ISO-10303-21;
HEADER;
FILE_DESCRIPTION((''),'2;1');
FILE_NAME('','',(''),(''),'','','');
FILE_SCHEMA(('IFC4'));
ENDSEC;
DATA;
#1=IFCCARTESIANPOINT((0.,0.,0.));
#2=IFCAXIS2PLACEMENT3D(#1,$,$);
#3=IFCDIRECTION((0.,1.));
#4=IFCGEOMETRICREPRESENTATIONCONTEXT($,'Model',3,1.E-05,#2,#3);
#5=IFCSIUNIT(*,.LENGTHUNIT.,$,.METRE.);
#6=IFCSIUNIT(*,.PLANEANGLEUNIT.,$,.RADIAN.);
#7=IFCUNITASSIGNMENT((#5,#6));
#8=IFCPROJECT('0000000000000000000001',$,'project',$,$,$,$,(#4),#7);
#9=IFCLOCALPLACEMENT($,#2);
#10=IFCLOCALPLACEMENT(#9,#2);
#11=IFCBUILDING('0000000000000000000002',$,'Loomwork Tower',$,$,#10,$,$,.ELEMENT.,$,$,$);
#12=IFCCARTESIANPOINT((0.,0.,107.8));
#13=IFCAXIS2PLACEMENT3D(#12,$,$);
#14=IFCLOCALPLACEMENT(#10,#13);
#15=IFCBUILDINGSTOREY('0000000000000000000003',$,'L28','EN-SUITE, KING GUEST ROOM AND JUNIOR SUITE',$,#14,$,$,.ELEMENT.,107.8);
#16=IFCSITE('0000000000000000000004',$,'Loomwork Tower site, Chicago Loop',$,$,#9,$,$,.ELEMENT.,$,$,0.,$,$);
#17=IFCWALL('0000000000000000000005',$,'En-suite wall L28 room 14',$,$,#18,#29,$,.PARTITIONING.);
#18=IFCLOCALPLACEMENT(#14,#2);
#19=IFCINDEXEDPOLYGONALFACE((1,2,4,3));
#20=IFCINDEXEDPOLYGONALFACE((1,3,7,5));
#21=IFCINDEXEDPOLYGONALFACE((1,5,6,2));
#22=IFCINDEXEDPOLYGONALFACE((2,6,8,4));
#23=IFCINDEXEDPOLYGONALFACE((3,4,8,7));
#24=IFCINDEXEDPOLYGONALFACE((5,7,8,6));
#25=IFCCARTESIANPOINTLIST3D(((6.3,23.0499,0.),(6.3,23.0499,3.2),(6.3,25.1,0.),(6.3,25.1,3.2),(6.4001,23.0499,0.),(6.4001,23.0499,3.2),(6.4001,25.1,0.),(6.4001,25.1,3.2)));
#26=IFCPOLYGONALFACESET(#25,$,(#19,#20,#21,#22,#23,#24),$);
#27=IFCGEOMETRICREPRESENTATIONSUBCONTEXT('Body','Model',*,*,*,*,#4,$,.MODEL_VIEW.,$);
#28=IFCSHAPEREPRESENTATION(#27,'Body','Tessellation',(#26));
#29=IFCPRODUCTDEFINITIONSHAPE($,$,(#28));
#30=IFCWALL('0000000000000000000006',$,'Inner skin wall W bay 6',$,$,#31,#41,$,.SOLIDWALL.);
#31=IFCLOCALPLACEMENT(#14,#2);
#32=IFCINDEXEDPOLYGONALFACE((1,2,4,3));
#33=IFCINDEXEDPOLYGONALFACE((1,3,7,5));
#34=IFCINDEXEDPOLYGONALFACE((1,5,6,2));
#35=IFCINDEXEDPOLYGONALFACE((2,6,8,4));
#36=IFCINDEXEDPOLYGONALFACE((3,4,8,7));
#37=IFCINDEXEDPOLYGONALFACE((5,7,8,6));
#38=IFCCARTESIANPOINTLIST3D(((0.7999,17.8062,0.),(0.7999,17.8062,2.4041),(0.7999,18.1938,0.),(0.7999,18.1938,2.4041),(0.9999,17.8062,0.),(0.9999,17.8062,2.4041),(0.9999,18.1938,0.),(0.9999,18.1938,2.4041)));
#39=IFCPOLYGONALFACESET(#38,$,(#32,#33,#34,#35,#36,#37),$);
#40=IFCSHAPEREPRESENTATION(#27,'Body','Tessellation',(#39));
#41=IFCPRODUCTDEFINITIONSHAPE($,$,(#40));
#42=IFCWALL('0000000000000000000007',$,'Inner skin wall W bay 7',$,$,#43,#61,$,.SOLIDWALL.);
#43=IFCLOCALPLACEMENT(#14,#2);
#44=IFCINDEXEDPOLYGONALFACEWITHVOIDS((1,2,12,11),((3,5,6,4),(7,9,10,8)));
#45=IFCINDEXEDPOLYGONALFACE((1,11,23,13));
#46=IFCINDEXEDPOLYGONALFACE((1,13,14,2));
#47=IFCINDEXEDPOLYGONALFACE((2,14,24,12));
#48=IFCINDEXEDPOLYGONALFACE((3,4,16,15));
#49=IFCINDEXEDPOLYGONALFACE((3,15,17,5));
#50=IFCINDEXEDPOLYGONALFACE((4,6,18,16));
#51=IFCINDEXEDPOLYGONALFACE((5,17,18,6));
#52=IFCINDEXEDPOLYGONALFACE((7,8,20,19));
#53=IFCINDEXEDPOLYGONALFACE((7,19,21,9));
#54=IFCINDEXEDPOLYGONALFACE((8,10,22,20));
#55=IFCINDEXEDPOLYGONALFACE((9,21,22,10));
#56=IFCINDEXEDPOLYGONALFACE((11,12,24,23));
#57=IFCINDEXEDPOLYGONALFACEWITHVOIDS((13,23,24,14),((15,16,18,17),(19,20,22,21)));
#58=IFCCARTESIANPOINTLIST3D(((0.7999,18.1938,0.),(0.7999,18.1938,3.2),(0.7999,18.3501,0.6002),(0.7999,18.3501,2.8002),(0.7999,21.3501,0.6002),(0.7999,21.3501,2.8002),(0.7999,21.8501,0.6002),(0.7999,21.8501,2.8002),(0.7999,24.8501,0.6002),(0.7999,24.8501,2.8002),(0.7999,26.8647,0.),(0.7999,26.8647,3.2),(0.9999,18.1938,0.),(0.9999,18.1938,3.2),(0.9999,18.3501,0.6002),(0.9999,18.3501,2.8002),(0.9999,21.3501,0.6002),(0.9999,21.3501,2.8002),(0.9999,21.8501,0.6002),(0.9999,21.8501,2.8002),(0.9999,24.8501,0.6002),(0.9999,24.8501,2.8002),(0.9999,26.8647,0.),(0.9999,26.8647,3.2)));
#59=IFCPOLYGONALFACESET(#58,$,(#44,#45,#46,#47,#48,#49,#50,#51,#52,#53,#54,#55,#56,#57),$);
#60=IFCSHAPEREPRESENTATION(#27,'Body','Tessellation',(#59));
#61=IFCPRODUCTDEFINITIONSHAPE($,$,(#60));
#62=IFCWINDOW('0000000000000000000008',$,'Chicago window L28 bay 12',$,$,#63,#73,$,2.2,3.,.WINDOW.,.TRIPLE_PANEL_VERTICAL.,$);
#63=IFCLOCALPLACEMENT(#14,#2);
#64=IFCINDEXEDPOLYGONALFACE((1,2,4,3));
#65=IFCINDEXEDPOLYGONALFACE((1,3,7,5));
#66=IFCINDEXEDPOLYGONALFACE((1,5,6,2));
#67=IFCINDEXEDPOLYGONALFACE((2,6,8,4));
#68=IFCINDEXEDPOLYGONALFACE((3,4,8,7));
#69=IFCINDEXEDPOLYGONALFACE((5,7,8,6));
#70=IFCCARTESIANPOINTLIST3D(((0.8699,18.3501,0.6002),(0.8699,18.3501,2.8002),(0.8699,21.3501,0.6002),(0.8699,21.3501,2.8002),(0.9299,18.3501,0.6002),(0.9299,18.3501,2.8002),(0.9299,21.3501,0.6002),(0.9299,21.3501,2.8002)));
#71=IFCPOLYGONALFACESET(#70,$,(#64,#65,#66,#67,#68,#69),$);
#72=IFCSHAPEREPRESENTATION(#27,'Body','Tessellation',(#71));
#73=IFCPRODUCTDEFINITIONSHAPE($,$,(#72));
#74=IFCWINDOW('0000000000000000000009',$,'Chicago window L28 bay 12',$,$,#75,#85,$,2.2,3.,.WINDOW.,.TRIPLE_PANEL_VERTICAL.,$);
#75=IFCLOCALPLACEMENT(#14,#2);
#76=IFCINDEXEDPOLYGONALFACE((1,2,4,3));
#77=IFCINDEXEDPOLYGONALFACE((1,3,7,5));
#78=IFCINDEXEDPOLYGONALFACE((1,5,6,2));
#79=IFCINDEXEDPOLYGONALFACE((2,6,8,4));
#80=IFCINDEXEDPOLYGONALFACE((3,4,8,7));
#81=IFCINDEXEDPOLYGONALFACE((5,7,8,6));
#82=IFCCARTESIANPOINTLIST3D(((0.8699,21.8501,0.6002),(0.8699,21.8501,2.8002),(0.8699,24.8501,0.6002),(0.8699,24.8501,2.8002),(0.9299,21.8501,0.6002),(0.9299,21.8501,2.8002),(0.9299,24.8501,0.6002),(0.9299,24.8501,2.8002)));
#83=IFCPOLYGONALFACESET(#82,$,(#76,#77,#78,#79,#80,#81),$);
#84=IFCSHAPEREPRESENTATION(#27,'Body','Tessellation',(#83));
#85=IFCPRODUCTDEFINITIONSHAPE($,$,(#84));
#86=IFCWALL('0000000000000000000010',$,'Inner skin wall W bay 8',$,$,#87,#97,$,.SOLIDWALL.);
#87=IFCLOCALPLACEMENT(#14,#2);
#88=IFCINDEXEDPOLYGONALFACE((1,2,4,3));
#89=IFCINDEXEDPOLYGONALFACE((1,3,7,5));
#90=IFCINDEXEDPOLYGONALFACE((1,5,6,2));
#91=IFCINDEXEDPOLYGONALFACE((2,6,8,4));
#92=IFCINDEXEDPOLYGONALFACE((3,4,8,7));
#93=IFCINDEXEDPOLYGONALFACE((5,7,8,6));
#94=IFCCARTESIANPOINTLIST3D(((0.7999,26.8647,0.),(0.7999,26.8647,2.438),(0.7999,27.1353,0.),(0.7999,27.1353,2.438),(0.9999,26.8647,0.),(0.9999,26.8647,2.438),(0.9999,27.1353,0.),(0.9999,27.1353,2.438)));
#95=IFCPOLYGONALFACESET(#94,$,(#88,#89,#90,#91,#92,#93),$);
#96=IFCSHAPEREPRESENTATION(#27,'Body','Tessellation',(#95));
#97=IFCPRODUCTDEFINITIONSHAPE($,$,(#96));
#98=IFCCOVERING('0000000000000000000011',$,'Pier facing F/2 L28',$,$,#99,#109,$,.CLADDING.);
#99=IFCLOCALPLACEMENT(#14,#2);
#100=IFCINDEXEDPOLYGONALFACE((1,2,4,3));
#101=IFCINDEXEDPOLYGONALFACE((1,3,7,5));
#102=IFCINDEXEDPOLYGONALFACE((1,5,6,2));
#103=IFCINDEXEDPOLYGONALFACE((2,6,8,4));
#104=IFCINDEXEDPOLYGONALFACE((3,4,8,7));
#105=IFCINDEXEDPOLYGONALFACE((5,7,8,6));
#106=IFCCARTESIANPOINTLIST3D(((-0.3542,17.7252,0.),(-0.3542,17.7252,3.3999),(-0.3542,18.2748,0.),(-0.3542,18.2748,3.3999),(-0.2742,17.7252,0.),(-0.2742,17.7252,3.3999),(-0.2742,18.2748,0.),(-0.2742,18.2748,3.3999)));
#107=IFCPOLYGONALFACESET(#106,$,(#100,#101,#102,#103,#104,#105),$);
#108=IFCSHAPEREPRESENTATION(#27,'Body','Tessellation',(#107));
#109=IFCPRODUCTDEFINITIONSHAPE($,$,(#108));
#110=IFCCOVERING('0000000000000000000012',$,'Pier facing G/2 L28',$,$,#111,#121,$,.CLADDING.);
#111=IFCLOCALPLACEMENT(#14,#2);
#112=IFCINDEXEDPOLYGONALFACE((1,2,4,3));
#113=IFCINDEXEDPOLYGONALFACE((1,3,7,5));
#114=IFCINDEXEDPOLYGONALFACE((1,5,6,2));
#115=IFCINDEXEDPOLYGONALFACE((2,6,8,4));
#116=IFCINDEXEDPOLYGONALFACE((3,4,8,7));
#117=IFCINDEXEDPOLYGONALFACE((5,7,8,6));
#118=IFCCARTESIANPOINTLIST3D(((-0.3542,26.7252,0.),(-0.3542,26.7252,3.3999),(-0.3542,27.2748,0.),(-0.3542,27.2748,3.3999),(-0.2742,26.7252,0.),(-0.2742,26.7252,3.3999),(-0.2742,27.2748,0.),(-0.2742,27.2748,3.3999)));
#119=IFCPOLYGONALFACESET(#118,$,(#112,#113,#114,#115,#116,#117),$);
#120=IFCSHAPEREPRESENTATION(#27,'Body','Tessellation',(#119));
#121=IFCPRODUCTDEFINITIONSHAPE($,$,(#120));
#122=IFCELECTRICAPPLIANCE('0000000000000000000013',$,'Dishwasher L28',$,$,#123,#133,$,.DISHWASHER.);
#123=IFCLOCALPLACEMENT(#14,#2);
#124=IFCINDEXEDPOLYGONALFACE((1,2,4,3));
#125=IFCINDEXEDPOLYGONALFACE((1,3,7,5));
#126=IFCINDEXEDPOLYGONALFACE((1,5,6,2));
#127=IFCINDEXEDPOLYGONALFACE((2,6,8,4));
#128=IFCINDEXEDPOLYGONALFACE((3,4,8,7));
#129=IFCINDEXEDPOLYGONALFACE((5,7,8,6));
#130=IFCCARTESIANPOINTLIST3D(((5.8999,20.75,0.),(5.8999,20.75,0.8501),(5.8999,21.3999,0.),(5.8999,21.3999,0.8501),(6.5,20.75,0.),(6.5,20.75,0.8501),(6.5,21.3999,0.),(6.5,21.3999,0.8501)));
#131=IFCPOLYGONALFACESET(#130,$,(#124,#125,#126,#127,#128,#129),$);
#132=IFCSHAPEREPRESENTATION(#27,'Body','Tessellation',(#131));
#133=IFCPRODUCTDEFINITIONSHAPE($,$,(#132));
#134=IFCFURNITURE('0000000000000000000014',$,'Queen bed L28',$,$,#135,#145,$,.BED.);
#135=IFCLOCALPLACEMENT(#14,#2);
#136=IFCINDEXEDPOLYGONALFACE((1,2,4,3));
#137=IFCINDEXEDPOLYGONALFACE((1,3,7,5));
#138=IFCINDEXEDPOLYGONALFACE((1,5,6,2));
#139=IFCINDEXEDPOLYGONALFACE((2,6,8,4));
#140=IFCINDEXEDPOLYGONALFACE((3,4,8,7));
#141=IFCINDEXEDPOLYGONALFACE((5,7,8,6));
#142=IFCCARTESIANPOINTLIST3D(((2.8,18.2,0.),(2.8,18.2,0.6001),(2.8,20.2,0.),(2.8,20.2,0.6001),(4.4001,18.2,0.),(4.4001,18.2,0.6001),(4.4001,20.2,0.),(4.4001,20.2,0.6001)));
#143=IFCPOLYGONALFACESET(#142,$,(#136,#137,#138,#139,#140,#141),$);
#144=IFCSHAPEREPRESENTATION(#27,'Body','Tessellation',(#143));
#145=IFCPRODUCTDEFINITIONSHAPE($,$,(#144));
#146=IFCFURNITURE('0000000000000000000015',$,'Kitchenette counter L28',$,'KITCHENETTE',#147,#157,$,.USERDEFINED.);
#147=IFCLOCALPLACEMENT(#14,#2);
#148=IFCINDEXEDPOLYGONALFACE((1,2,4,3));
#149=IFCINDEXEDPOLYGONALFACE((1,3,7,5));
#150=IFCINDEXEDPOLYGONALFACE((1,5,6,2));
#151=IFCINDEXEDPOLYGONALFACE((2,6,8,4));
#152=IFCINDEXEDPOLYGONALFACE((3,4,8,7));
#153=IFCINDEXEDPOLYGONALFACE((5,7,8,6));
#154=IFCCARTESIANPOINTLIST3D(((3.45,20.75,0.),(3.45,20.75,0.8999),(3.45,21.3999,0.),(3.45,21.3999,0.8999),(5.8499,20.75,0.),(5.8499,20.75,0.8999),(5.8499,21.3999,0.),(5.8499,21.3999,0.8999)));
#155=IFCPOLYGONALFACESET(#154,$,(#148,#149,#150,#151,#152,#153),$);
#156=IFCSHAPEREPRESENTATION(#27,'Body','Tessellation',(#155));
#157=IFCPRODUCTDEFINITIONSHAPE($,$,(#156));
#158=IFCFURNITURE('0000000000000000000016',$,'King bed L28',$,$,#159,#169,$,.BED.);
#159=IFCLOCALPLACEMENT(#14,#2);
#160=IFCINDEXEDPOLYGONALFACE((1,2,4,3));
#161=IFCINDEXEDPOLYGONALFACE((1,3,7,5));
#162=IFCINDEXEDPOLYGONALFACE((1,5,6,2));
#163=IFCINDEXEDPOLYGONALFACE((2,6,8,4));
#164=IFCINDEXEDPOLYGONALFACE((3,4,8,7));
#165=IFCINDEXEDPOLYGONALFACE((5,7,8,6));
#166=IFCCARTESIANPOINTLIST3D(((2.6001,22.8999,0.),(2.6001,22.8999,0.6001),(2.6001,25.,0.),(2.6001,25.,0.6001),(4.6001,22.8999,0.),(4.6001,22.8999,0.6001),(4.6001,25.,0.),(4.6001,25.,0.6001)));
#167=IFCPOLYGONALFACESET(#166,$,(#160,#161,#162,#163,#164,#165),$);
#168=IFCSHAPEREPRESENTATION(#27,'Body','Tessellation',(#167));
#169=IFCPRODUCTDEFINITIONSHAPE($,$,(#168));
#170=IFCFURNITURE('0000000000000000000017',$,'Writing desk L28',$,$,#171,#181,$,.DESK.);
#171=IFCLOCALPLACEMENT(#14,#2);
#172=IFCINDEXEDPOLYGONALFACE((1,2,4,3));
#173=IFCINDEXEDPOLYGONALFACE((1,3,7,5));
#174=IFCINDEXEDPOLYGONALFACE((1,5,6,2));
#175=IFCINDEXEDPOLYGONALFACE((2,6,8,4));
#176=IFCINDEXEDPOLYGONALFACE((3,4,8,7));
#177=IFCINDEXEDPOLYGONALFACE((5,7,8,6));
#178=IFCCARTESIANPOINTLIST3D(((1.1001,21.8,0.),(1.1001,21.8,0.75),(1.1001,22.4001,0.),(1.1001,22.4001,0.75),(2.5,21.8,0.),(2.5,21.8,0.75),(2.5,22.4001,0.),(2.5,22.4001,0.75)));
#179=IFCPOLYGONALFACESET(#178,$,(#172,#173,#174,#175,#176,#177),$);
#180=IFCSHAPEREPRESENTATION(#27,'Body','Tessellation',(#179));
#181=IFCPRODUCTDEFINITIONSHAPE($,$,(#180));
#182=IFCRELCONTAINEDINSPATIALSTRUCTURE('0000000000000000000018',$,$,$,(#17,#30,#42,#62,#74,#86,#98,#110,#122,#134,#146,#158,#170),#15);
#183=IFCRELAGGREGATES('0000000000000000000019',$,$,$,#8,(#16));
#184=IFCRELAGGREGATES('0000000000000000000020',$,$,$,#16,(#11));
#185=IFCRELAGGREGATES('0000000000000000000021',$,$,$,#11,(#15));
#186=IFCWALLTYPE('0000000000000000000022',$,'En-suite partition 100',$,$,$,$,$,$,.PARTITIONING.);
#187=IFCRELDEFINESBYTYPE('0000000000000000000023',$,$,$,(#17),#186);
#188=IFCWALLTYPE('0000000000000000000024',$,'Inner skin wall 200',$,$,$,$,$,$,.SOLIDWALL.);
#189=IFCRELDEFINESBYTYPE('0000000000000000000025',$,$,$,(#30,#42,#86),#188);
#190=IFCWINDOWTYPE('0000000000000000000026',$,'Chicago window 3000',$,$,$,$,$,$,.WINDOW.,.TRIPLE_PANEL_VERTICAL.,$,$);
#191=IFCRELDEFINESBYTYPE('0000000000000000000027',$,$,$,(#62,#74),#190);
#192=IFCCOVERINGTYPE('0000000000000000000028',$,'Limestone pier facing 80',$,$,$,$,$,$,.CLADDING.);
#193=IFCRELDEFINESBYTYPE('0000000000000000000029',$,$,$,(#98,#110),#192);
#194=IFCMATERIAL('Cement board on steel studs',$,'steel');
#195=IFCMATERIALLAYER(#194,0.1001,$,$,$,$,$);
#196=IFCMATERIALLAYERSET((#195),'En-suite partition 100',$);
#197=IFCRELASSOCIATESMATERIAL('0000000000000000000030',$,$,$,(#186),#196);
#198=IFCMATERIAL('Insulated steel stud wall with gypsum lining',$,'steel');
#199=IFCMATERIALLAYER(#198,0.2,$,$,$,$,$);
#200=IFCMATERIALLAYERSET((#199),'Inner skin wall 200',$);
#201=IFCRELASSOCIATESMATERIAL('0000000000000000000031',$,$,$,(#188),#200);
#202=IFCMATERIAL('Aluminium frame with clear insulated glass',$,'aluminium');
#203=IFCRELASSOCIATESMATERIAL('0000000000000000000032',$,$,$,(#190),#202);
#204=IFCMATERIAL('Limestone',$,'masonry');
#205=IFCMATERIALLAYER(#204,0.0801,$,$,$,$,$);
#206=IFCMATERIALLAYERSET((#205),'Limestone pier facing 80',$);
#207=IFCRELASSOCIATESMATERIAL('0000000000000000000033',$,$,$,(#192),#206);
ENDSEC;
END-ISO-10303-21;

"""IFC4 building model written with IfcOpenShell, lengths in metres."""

from ifc_helpers import new_model, si_unit, direction, frame, frame_2d, origin, origin_2d, place, context, subcontext, project, spatial, rectangle, extrude, material, layer, layer_set, type_object, element, fill, save


model = new_model("IFC4")

# Units and contexts
model_context = context("Model", 3, precision=1e-05, world=origin(), true_north=direction((0.0, 1.0)))
body_context = subcontext(model_context, "Body", "Model", "MODEL_VIEW")
ifc_project = project(units=[si_unit("LENGTHUNIT", "METRE"), si_unit("PLANEANGLEUNIT", "RADIAN")], contexts=[model_context])

# Site, building, storey
site_placement = place(None, origin())
site = spatial("IfcSite", under=ifc_project, at=site_placement, Name="Loomwork Tower site, Chicago Loop", CompositionType="ELEMENT", RefElevation=0.0)
building_placement = place(site_placement, origin())
building = spatial("IfcBuilding", under=site, at=building_placement, Name="Loomwork Tower", CompositionType="ELEMENT")
storey_placement = place(building_placement, frame((0.0, 0.0, 107.8)))
storey = spatial("IfcBuildingStorey", under=building, at=storey_placement, Name="L28", Description="EN-SUITE, KING GUEST ROOM AND JUNIOR SUITE", CompositionType="ELEMENT", Elevation=107.8)

# Shared definitions
ifc_material_1 = material(Name="Cement board on steel studs", Category="steel")
ifc_layer_1 = layer(ifc_material_1, 0.1001)
ifc_layer_set_1 = layer_set([ifc_layer_1], Name="En-suite partition 100")
wall_type_1 = type_object("IfcWallType", Name="En-suite partition 100", PredefinedType="PARTITIONING", material=ifc_layer_set_1)

# Walls
wall_1_placement = place(storey_placement, frame((6.3501, 23.05, 0.0), z_axis=(0.0, 0.0, 1.0), x_axis=(0.0, 1.0, 0.0)))
element("IfcWall", 1, at=wall_1_placement, inside=storey, type_object=wall_type_1, Name="En-suite wall L28 room 14", PredefinedType="PARTITIONING", context=body_context, shape_type="SweptSolid", body=[
    extrude(rectangle(XDim=2.05, YDim=0.1001, at=frame_2d((1.0249, 0.0))), origin(), (0.0, 0.0, 1.0), 3.2),
])
ifc_material_2 = material(Name="Insulated steel stud wall with gypsum lining", Category="steel")
ifc_layer_2 = layer(ifc_material_2, 0.2)
ifc_layer_set_2 = layer_set([ifc_layer_2], Name="Inner skin wall 200")
wall_type_2 = type_object("IfcWallType", Name="Inner skin wall 200", PredefinedType="SOLIDWALL", material=ifc_layer_set_2)
wall_2_placement = place(storey_placement, frame((0.8999, 17.8062, 0.0), z_axis=(0.0, 0.0, 1.0), x_axis=(0.0, 1.0, 0.0)))
element("IfcWall", 2, at=wall_2_placement, inside=storey, type_object=wall_type_2, Name="Inner skin wall W bay 6", PredefinedType="SOLIDWALL", context=body_context, shape_type="SweptSolid", body=[
    extrude(rectangle(XDim=0.3877, YDim=0.2, at=frame_2d((0.1938, 0.0))), origin(), (0.0, 0.0, 1.0), 2.4041),
])

# Wall, openings, windows
wall_3_placement = place(storey_placement, frame((0.8999, 18.1938, 0.0), z_axis=(0.0, 0.0, 1.0), x_axis=(0.0, 1.0, 0.0)))
wall_3 = element("IfcWall", 3, at=wall_3_placement, inside=storey, type_object=wall_type_2, Name="Inner skin wall W bay 7", PredefinedType="SOLIDWALL", context=body_context, shape_type="SweptSolid", body=[
    extrude(rectangle(XDim=8.6709, YDim=0.2, at=frame_2d((4.3354, 0.0))), origin(), (0.0, 0.0, 1.0), 3.2),
])
opening_1_placement = place(wall_3_placement, frame((0.1562, 0.0, 0.6001)))
opening_1 = element("IfcOpeningElement", 4, at=opening_1_placement, cuts=wall_3, PredefinedType="OPENING", context=body_context, shape_type="SweptSolid", body=[
    extrude(rectangle(XDim=3.0, YDim=2.2, at=frame_2d((1.5, 1.1001))), frame((0.0, 0.1099, 0.0), z_axis=(0.0, -1.0, 0.0), x_axis=(1.0, 0.0, 0.0)), (0.0, 0.0, 1.0), 0.22),
])
opening_2_placement = place(wall_3_placement, frame((3.6562, 0.0, 0.6001)))
opening_2 = element("IfcOpeningElement", 5, at=opening_2_placement, cuts=wall_3, PredefinedType="OPENING", context=body_context, shape_type="SweptSolid", body=[
    extrude(rectangle(XDim=3.0, YDim=2.2, at=frame_2d((1.5, 1.1001))), frame((0.0, 0.1099, 0.0), z_axis=(0.0, -1.0, 0.0), x_axis=(1.0, 0.0, 0.0)), (0.0, 0.0, 1.0), 0.22),
])
ifc_material_3 = material(Name="Aluminium frame with clear insulated glass", Category="aluminium")
window_type = type_object("IfcWindowType", Name="Chicago window 3000", PartitioningType="TRIPLE_PANEL_VERTICAL", PredefinedType="WINDOW", material=ifc_material_3)
window_1_placement = place(opening_1_placement, origin())
window_1 = element("IfcWindow", 6, at=window_1_placement, inside=storey, type_object=window_type, Name="Chicago window L28 bay 12", OverallHeight=2.2, OverallWidth=3.0, PartitioningType="TRIPLE_PANEL_VERTICAL", PredefinedType="WINDOW", context=body_context, shape_type="SweptSolid", body=[
    extrude(rectangle(XDim=3.0, YDim=2.2, at=frame_2d((1.5, 1.1001))), frame((0.0, 0.03, 0.0), z_axis=(0.0, -1.0, 0.0), x_axis=(1.0, 0.0, 0.0)), (0.0, 0.0, 1.0), 0.0601),
])
fill(opening_1, window_1)
window_2_placement = place(opening_2_placement, origin())
window_2 = element("IfcWindow", 7, at=window_2_placement, inside=storey, type_object=window_type, Name="Chicago window L28 bay 12", OverallHeight=2.2, OverallWidth=3.0, PartitioningType="TRIPLE_PANEL_VERTICAL", PredefinedType="WINDOW", context=body_context, shape_type="SweptSolid", body=[
    extrude(rectangle(XDim=3.0, YDim=2.2, at=frame_2d((1.5, 1.1001))), frame((0.0, 0.03, 0.0), z_axis=(0.0, -1.0, 0.0), x_axis=(1.0, 0.0, 0.0)), (0.0, 0.0, 1.0), 0.0601),
])
fill(opening_2, window_2)

# Wall
wall_4_placement = place(storey_placement, frame((0.8999, 26.8647, 0.0), z_axis=(0.0, 0.0, 1.0), x_axis=(0.0, 1.0, 0.0)))
element("IfcWall", 8, at=wall_4_placement, inside=storey, type_object=wall_type_2, Name="Inner skin wall W bay 8", PredefinedType="SOLIDWALL", context=body_context, shape_type="SweptSolid", body=[
    extrude(rectangle(XDim=0.2705, YDim=0.2, at=frame_2d((0.1353, 0.0))), origin(), (0.0, 0.0, 1.0), 2.438),
])

# Coverings
ifc_material_4 = material(Name="Limestone", Category="masonry")
ifc_layer_3 = layer(ifc_material_4, 0.0801)
ifc_layer_set_3 = layer_set([ifc_layer_3], Name="Limestone pier facing 80")
covering_type = type_object("IfcCoveringType", Name="Limestone pier facing 80", PredefinedType="CLADDING", material=ifc_layer_set_3)
for number, where, z_axis, x_axis, name in (
    (9, (-0.3142, 18.0, 0.0), (0.0, 0.0, 1.0), (1.0, 0.0, 0.0), "Pier facing F/2 L28"),
    (10, (-0.3142, 27.0, 0.0), (0.0, 0.0, 1.0), (1.0, 0.0, 0.0), "Pier facing G/2 L28"),
):
    element("IfcCovering", number, at=place(storey_placement, frame(where, z_axis=z_axis, x_axis=x_axis)), inside=storey, type_object=covering_type, Name=name, PredefinedType="CLADDING", context=body_context, shape_type="SweptSolid", body=[
        extrude(rectangle(XDim=0.0801, YDim=0.5496, at=origin_2d()), origin(), (0.0, 0.0, 1.0), 3.3999),
    ])

# Electric appliance
electric_appliance_placement = place(storey_placement, frame((6.2, 21.075, 0.0), z_axis=(0.0, 0.0, 1.0), x_axis=(1.0, 0.0, 0.0)))
element("IfcElectricAppliance", 11, at=electric_appliance_placement, inside=storey, Name="Dishwasher L28", PredefinedType="DISHWASHER", context=body_context, shape_type="SweptSolid", body=[
    extrude(rectangle(XDim=0.6001, YDim=0.6499, at=origin_2d()), origin(), (0.0, 0.0, 1.0), 0.8501),
])

# Furniture
furniture_1_placement = place(storey_placement, frame((3.6001, 19.2, 0.0), z_axis=(0.0, 0.0, 1.0), x_axis=(1.0, 0.0, 0.0)))
element("IfcFurniture", 12, at=furniture_1_placement, inside=storey, Name="Queen bed L28", PredefinedType="BED", context=body_context, shape_type="SweptSolid", body=[
    extrude(rectangle(XDim=1.6001, YDim=2.0, at=origin_2d()), origin(), (0.0, 0.0, 1.0), 0.6001),
])
furniture_2_placement = place(storey_placement, frame((4.6499, 21.075, 0.0), z_axis=(0.0, 0.0, 1.0), x_axis=(1.0, 0.0, 0.0)))
element("IfcFurniture", 13, at=furniture_2_placement, inside=storey, Name="Kitchenette counter L28", ObjectType="KITCHENETTE", PredefinedType="USERDEFINED", context=body_context, shape_type="SweptSolid", body=[
    extrude(rectangle(XDim=2.3999, YDim=0.6499, at=origin_2d()), origin(), (0.0, 0.0, 1.0), 0.8999),
])
furniture_3_placement = place(storey_placement, frame((3.6001, 23.95, 0.0), z_axis=(0.0, 0.0, 1.0), x_axis=(1.0, 0.0, 0.0)))
element("IfcFurniture", 14, at=furniture_3_placement, inside=storey, Name="King bed L28", PredefinedType="BED", context=body_context, shape_type="SweptSolid", body=[
    extrude(rectangle(XDim=2.0, YDim=2.1001, at=origin_2d()), origin(), (0.0, 0.0, 1.0), 0.6001),
])
furniture_4_placement = place(storey_placement, frame((1.8, 22.1001, 0.0), z_axis=(0.0, 0.0, 1.0), x_axis=(1.0, 0.0, 0.0)))
element("IfcFurniture", 15, at=furniture_4_placement, inside=storey, Name="Writing desk L28", PredefinedType="DESK", context=body_context, shape_type="SweptSolid", body=[
    extrude(rectangle(XDim=1.3999, YDim=0.6001, at=origin_2d()), origin(), (0.0, 0.0, 1.0), 0.75),
])

save(model, "model.ifc")
